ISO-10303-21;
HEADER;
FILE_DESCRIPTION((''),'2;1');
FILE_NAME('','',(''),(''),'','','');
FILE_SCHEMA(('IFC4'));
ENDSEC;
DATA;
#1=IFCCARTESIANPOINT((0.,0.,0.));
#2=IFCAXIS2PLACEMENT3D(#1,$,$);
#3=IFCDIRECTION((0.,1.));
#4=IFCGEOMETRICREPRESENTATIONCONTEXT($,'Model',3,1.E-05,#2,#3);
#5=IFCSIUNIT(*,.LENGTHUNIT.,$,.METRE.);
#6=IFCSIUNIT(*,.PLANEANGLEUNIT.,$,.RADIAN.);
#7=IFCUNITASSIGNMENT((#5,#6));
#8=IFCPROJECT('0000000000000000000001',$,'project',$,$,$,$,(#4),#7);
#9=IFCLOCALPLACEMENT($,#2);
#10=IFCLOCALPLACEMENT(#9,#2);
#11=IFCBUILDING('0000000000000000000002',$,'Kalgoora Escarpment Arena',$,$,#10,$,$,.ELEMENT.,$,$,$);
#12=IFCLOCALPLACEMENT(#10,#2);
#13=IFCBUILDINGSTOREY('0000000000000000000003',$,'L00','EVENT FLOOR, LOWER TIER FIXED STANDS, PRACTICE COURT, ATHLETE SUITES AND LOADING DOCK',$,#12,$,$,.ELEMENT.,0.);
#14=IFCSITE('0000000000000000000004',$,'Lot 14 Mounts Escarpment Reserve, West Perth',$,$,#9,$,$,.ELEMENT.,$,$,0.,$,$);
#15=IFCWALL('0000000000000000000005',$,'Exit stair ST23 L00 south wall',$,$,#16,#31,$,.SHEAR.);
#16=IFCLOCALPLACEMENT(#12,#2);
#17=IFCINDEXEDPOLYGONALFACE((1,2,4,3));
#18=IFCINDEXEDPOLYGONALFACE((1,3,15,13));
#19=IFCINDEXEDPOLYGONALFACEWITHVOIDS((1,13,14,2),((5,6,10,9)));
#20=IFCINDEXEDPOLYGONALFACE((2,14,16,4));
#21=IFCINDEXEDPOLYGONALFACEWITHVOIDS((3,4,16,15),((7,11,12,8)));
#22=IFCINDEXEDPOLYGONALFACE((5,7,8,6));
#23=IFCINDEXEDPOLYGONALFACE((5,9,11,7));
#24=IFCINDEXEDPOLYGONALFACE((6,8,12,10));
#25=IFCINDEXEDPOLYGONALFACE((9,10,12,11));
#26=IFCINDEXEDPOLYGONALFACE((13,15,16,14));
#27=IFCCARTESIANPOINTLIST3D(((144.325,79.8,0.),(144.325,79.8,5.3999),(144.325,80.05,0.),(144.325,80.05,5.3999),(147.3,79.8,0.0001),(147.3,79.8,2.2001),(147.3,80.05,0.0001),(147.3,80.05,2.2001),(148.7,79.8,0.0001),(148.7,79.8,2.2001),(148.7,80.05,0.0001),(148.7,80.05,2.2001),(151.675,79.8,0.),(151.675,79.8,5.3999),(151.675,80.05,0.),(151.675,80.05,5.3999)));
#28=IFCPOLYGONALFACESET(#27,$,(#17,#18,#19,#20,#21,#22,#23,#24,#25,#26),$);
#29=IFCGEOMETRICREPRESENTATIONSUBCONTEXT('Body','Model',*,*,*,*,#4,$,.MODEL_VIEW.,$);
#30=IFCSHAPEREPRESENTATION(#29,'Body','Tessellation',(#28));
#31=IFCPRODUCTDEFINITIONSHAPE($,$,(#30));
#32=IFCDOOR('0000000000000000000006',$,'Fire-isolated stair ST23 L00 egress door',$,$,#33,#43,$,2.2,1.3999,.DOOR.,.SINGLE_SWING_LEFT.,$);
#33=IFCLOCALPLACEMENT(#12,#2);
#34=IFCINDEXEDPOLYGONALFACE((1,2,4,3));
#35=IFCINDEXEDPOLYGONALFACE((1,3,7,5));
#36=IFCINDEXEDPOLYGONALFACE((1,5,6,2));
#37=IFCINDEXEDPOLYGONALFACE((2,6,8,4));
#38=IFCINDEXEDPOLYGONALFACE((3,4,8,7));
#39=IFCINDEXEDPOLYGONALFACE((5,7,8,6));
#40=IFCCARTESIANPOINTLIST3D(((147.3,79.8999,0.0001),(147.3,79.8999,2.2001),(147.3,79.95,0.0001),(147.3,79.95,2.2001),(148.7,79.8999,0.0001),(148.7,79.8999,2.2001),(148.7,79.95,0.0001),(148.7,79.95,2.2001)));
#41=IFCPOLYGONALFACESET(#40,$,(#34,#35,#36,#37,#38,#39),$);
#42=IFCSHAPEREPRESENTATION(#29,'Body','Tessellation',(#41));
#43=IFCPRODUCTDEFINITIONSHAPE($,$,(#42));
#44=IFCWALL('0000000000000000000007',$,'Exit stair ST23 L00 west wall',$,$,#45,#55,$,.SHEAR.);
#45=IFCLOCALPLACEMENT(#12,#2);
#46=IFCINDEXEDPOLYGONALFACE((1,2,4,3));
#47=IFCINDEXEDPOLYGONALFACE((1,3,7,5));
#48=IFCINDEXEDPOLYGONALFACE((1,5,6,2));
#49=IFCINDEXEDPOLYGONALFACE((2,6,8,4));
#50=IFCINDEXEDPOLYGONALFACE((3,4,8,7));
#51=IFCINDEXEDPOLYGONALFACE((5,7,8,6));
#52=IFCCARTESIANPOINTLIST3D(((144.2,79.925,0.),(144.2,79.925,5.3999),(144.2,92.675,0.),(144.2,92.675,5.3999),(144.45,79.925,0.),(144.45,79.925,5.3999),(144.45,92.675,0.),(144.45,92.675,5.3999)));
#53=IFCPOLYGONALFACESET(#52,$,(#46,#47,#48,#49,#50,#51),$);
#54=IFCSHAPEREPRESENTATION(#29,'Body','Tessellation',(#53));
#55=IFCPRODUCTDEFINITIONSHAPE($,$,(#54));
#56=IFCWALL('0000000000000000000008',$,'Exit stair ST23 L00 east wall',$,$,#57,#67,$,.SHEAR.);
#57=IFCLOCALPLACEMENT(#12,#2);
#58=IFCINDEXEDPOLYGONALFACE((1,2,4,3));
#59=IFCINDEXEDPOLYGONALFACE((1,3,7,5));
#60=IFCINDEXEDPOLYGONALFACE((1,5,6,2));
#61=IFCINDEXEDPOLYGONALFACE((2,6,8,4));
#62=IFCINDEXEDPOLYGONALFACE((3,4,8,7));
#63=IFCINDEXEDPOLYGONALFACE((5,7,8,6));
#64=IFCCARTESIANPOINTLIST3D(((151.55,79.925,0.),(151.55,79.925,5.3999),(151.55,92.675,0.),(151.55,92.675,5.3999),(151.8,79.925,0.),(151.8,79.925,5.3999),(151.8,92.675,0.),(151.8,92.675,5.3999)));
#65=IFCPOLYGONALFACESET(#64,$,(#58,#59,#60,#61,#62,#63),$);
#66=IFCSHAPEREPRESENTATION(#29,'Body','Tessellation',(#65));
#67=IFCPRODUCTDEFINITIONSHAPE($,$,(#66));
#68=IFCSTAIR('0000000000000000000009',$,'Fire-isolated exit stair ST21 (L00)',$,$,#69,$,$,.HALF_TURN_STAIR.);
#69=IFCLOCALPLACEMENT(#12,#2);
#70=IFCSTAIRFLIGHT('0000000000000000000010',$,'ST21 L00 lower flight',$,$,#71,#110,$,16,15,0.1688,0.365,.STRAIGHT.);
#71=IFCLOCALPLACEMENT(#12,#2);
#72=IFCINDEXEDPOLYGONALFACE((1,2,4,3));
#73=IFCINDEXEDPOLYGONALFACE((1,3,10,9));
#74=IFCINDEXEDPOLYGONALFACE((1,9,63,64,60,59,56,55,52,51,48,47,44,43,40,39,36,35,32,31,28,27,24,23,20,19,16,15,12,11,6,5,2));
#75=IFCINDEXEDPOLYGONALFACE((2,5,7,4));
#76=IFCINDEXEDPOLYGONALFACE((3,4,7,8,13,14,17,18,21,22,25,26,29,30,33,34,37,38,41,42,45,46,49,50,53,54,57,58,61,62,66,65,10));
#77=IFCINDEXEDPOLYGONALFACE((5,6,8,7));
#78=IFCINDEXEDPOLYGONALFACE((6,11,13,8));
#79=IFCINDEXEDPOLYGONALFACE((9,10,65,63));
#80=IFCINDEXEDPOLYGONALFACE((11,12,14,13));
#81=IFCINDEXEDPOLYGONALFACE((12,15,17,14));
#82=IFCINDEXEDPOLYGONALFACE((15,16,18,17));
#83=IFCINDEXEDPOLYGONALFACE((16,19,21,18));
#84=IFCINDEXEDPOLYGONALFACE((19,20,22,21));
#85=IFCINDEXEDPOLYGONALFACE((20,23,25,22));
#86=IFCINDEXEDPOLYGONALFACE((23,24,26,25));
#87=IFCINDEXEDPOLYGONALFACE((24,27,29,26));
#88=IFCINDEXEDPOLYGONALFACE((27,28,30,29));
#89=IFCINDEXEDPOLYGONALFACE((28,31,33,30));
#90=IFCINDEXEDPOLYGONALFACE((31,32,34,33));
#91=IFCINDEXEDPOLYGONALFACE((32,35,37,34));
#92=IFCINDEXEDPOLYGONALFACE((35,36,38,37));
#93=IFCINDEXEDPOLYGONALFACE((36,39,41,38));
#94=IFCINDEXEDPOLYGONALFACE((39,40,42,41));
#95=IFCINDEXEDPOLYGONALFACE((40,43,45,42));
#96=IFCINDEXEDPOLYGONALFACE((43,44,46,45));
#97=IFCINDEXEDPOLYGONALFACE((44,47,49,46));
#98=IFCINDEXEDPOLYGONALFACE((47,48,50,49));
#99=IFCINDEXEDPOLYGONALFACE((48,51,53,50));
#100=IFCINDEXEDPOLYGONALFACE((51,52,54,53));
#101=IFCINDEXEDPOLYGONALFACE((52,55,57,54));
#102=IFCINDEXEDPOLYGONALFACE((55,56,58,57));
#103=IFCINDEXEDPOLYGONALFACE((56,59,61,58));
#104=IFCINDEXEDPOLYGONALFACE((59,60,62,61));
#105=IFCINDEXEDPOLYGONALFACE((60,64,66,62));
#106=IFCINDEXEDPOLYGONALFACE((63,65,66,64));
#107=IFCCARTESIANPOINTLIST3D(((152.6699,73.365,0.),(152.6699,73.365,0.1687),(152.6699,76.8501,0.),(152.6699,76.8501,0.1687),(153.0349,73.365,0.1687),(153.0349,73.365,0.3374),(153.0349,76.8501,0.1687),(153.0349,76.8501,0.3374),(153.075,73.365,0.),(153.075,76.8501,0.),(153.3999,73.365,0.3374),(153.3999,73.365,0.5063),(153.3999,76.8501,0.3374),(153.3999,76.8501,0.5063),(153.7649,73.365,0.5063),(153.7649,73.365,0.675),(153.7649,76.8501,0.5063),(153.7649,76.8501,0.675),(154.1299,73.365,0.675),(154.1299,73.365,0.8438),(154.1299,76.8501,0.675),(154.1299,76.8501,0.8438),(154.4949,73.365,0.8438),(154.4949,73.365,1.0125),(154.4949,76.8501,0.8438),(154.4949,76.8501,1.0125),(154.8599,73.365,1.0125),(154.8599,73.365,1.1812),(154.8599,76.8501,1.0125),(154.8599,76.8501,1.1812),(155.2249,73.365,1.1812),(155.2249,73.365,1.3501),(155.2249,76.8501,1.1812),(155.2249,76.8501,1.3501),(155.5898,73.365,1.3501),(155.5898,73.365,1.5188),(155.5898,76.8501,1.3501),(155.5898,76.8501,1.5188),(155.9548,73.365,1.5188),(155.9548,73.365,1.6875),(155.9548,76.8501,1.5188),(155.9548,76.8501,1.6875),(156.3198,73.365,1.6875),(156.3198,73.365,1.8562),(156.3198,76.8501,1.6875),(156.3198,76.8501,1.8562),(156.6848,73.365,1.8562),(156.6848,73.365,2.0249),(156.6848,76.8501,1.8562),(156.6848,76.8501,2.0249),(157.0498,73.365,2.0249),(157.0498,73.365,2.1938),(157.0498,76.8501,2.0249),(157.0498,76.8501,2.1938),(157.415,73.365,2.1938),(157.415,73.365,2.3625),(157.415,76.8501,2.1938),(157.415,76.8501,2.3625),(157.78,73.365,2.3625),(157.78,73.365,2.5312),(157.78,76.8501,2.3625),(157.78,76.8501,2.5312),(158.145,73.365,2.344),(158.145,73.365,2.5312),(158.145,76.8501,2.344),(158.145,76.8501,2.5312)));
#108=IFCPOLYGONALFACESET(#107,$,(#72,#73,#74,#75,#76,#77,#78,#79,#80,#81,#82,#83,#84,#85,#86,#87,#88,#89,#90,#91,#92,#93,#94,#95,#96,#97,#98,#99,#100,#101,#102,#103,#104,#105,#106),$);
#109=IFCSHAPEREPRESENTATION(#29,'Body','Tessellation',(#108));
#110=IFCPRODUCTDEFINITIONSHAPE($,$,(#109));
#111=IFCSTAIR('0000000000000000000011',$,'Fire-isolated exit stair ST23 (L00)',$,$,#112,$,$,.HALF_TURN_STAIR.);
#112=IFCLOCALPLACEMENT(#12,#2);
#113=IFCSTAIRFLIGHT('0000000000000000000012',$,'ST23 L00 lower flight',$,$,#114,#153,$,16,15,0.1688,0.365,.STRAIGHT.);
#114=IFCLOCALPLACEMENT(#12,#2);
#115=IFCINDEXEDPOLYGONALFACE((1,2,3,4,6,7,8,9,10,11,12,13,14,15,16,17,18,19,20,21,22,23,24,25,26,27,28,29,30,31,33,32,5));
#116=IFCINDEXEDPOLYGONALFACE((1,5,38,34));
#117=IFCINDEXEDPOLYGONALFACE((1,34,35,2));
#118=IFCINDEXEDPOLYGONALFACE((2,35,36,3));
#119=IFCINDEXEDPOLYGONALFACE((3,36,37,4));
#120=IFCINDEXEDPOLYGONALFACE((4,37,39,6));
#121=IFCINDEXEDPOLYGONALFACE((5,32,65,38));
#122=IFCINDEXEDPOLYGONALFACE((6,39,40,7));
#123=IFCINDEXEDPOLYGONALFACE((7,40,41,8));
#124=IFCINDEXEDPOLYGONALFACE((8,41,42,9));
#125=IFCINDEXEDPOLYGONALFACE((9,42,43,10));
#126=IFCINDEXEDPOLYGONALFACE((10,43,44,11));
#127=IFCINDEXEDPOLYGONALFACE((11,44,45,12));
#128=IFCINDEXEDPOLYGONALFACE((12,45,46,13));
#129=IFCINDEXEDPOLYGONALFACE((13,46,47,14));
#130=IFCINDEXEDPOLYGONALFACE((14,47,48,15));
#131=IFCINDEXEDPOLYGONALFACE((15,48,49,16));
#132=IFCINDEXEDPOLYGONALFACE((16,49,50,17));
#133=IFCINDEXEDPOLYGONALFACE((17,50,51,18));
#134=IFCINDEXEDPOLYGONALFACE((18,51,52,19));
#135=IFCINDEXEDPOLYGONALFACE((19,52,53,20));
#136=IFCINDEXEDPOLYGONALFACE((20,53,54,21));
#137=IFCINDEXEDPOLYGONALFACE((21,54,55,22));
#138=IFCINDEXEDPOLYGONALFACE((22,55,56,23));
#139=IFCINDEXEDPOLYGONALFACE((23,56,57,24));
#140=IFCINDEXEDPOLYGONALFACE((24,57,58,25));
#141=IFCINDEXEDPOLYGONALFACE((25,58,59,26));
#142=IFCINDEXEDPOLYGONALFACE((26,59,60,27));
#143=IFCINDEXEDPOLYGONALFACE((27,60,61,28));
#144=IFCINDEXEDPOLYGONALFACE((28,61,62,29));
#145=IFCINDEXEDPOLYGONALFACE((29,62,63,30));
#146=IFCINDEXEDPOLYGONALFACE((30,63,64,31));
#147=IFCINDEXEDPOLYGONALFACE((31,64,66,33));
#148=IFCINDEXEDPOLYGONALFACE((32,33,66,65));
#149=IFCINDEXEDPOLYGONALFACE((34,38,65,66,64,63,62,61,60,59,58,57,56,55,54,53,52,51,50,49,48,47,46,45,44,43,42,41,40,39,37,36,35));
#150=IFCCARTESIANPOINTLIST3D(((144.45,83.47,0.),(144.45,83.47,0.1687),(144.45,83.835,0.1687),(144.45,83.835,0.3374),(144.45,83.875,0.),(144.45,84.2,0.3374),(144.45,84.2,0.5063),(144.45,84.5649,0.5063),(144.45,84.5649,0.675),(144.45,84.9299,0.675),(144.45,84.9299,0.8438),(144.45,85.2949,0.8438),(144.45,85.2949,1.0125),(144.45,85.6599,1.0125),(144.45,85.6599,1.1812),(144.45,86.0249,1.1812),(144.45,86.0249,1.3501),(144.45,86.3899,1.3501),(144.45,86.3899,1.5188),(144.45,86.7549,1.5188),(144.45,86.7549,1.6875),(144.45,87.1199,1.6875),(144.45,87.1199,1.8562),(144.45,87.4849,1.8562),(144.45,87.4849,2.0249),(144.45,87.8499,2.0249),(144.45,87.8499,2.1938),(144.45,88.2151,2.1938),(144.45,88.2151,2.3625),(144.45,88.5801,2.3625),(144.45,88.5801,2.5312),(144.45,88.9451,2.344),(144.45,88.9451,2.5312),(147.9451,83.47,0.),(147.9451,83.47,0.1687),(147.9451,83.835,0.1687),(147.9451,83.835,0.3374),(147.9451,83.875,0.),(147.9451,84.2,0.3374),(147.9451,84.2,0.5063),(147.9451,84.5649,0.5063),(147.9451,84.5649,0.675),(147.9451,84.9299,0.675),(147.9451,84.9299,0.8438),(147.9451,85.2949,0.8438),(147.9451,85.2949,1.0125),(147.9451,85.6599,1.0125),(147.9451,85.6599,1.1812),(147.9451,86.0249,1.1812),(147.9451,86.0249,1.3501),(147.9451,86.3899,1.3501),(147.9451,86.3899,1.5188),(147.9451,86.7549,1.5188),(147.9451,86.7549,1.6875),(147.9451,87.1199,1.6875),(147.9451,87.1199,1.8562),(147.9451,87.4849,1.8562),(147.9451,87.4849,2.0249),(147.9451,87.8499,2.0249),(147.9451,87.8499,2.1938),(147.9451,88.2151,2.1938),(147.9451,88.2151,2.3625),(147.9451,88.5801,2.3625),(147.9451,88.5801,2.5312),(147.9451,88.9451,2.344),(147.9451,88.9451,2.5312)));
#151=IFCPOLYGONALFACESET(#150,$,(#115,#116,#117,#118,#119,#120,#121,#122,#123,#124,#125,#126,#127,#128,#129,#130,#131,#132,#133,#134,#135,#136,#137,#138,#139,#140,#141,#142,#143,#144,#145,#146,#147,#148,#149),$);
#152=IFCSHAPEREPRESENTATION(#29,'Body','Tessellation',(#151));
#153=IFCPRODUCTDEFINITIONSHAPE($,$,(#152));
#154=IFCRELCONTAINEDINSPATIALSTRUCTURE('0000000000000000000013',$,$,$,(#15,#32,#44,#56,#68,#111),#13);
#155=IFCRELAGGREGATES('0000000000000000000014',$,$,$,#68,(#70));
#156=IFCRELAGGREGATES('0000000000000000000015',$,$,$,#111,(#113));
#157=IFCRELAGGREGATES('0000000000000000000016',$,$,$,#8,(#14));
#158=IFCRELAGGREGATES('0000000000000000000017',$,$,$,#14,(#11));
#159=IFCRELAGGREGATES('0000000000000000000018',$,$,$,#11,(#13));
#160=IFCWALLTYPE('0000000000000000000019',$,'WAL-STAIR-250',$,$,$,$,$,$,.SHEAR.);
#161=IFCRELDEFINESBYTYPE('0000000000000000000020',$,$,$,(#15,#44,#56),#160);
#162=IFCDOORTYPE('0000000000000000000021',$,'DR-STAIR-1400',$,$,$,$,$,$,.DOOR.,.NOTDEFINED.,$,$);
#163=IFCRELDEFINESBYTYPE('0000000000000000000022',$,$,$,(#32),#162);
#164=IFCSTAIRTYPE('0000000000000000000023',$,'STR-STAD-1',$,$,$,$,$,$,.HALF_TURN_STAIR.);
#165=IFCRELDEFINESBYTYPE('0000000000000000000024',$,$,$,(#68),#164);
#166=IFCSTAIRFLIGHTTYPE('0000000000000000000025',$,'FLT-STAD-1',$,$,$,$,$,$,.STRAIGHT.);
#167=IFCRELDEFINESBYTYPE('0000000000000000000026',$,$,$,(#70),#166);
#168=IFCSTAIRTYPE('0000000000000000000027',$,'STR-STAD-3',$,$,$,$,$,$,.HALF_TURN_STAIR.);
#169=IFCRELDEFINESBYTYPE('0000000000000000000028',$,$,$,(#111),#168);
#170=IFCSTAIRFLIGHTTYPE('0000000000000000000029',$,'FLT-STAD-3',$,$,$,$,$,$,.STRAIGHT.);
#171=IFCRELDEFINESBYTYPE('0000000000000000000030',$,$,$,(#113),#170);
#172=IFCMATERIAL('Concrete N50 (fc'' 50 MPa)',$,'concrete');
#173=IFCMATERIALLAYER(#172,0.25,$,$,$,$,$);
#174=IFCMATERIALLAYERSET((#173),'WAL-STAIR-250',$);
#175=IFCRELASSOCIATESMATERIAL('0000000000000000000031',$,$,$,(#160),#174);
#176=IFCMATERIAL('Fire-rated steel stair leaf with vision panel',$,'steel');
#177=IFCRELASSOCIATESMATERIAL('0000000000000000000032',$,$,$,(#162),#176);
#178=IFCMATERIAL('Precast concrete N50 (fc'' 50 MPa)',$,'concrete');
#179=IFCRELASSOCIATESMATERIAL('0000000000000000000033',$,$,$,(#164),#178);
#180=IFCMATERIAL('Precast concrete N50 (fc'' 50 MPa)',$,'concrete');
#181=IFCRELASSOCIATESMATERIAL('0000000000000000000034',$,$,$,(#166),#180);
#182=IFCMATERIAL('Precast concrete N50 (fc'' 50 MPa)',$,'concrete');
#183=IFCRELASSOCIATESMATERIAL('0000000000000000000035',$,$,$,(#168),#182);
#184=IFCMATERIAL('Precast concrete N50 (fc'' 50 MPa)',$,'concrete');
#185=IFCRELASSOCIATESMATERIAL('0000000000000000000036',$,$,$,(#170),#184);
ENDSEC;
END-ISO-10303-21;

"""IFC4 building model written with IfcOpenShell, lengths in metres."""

from ifc_helpers import new_model, si_unit, direction, frame, frame_2d, origin, place, context, subcontext, project, spatial, polyline, rectangle, outline, extrude, material, layer, layer_set, type_object, element, fill, aggregate, save


model = new_model("IFC4")

# Units and contexts
model_context = context("Model", 3, precision=1e-05, world=origin(), true_north=direction((0.0, 1.0)))
body_context = subcontext(model_context, "Body", "Model", "MODEL_VIEW")
ifc_project = project(units=[si_unit("LENGTHUNIT", "METRE"), si_unit("PLANEANGLEUNIT", "RADIAN")], contexts=[model_context])

# Site, building, storey
site_placement = place(None, origin())
site = spatial("IfcSite", under=ifc_project, at=site_placement, Name="Lot 14 Mounts Escarpment Reserve, West Perth", CompositionType="ELEMENT", RefElevation=0.0)
building_placement = place(site_placement, origin())
building = spatial("IfcBuilding", under=site, at=building_placement, Name="Kalgoora Escarpment Arena", CompositionType="ELEMENT")
storey_placement = place(building_placement, origin())
storey = spatial("IfcBuildingStorey", under=building, at=storey_placement, Name="L00", Description="EVENT FLOOR, LOWER TIER FIXED STANDS, PRACTICE COURT, ATHLETE SUITES AND LOADING DOCK", CompositionType="ELEMENT", Elevation=0.0)

# Wall, opening, door
ifc_material_1 = material(Name="Concrete N50 (fc' 50 MPa)", Category="concrete")
ifc_layer_1 = layer(ifc_material_1, 0.25)
ifc_layer_set_1 = layer_set([ifc_layer_1], Name="WAL-STAIR-250")
wall_type_1 = type_object("IfcWallType", Name="WAL-STAIR-250", PredefinedType="SHEAR", material=ifc_layer_set_1)
wall_1_placement = place(storey_placement, frame((144.325, 79.925, 0.0), z_axis=(0.0, 0.0, 1.0), x_axis=(1.0, 0.0, 0.0)))
wall_1 = element("IfcWall", 1, at=wall_1_placement, inside=storey, type_object=wall_type_1, Name="Exit stair ST23 L00 south wall", PredefinedType="SHEAR", context=body_context, shape_type="SweptSolid", body=[
    extrude(rectangle(XDim=7.3501, YDim=0.25, at=frame_2d((3.675, 0.0))), origin(), (0.0, 0.0, 1.0), 5.3999),
])
opening_1_placement = place(wall_1_placement, frame((2.9751, 0.0, 0.0)))
opening_1 = element("IfcOpeningElement", 2, at=opening_1_placement, cuts=wall_1, PredefinedType="OPENING", context=body_context, shape_type="SweptSolid", body=[
    extrude(rectangle(XDim=1.3999, YDim=2.2, at=frame_2d((0.7, 1.1001))), frame((0.0, 0.135, 0.0), z_axis=(0.0, -1.0, 0.0), x_axis=(1.0, 0.0, 0.0)), (0.0, 0.0, 1.0), 0.27),
])
ifc_material_2 = material(Name="Fire-rated steel stair leaf with vision panel", Category="steel")
door_type_1 = type_object("IfcDoorType", Name="DR-STAIR-1400", OperationType="NOTDEFINED", PredefinedType="DOOR", material=ifc_material_2)
door_1_placement = place(opening_1_placement, origin())
door_1 = element("IfcDoor", 3, at=door_1_placement, inside=storey, type_object=door_type_1, Name="Fire-isolated stair ST23 L00 egress door", OperationType="SINGLE_SWING_LEFT", OverallHeight=2.2, OverallWidth=1.3999, PredefinedType="DOOR", context=body_context, shape_type="SweptSolid", body=[
    extrude(rectangle(XDim=1.3999, YDim=2.2, at=frame_2d((0.7, 1.1001))), frame((0.0, 0.0249, 0.0), z_axis=(0.0, -1.0, 0.0), x_axis=(1.0, 0.0, 0.0)), (0.0, 0.0, 1.0), 0.05),
])
fill(opening_1, door_1)

# Walls
for number, where, z_axis, x_axis, name in (
    (4, (144.325, 79.925, 0.0), (0.0, 0.0, 1.0), (0.0, 1.0, 0.0), "Exit stair ST23 L00 west wall"),
    (5, (151.675, 79.925, 0.0), (0.0, 0.0, 1.0), (0.0, 1.0, 0.0), "Exit stair ST23 L00 east wall"),
):
    element("IfcWall", number, at=place(storey_placement, frame(where, z_axis=z_axis, x_axis=x_axis)), inside=storey, type_object=wall_type_1, Name=name, PredefinedType="SHEAR", context=body_context, shape_type="SweptSolid", body=[
        extrude(rectangle(XDim=12.75, YDim=0.25, at=frame_2d((6.375, 0.0))), origin(), (0.0, 0.0, 1.0), 5.3999),
    ])

# Stairs, stair flights
ifc_material_3 = material(Name="Precast concrete N50 (fc' 50 MPa)", Category="concrete")
stair_type_1 = type_object("IfcStairType", Name="STR-STAD-1", PredefinedType="HALF_TURN_STAIR", material=ifc_material_3)
stair_1_placement = place(storey_placement, origin())
stair_1 = element("IfcStair", 6, at=stair_1_placement, inside=storey, type_object=stair_type_1, Name="Fire-isolated exit stair ST21 (L00)", PredefinedType="HALF_TURN_STAIR")
ifc_material_4 = material(Name="Precast concrete N50 (fc' 50 MPa)", Category="concrete")
stair_flight_type_1 = type_object("IfcStairFlightType", Name="FLT-STAD-1", PredefinedType="STRAIGHT", material=ifc_material_4)
stair_flight_1_placement = place(storey_placement, frame((152.6699, 75.1074, 0.0), z_axis=(0.0, 0.0, 1.0), x_axis=(1.0, 0.0, 0.0)))
stair_flight_1 = element("IfcStairFlight", 7, at=stair_flight_1_placement, type_object=stair_flight_type_1, Name="ST21 L00 lower flight", NumberOfRisers=16, NumberOfTreads=15, PredefinedType="STRAIGHT", RiserHeight=0.1688, TreadLength=0.365, context=body_context, shape_type="SweptSolid", body=[
    extrude(outline(polyline([(0.0, 0.0), (0.0, 0.1687), (0.365, 0.1687), (0.365, 0.3374), (0.73, 0.3374), (0.73, 0.5063), (1.095, 0.5063), (1.095, 0.675), (1.46, 0.675), (1.46, 0.8438), (1.825, 0.8438), (1.825, 1.0125), (2.1899, 1.0125), (2.1899, 1.1812), (2.5549, 1.1812), (2.5549, 1.3501), (2.9199, 1.3501), (2.9199, 1.5188), (3.2849, 1.5188), (3.2849, 1.6875), (3.6499, 1.6875), (3.6499, 1.8562), (4.0149, 1.8562), (4.0149, 2.0249), (4.3799, 2.0249), (4.3799, 2.1938), (4.7451, 2.1938), (4.7451, 2.3625), (5.1101, 2.3625), (5.1101, 2.5312), (5.4751, 2.5312), (5.4751, 2.7), (5.4751, 2.344), (0.405, 0.0), (0.0, 0.0)])), frame((0.0, 1.7427, 0.0), z_axis=(0.0, -1.0, 0.0), x_axis=(1.0, 0.0, 0.0)), (0.0, 0.0, 1.0), 3.4851),
])
aggregate(stair_1, [stair_flight_1])
ifc_material_5 = material(Name="Precast concrete N50 (fc' 50 MPa)", Category="concrete")
stair_type_2 = type_object("IfcStairType", Name="STR-STAD-3", PredefinedType="HALF_TURN_STAIR", material=ifc_material_5)
stair_2_placement = place(storey_placement, origin())
stair_2 = element("IfcStair", 8, at=stair_2_placement, inside=storey, type_object=stair_type_2, Name="Fire-isolated exit stair ST23 (L00)", PredefinedType="HALF_TURN_STAIR")
ifc_material_6 = material(Name="Precast concrete N50 (fc' 50 MPa)", Category="concrete")
stair_flight_type_2 = type_object("IfcStairFlightType", Name="FLT-STAD-3", PredefinedType="STRAIGHT", material=ifc_material_6)
stair_flight_2_placement = place(storey_placement, frame((146.1975, 83.47, 0.0), z_axis=(0.0, 0.0, 1.0), x_axis=(0.0, 1.0, 0.0)))
stair_flight_2 = element("IfcStairFlight", 9, at=stair_flight_2_placement, type_object=stair_flight_type_2, Name="ST23 L00 lower flight", NumberOfRisers=16, NumberOfTreads=15, PredefinedType="STRAIGHT", RiserHeight=0.1688, TreadLength=0.365, context=body_context, shape_type="SweptSolid", body=[
    extrude(outline(polyline([(0.0, 0.0), (0.0, 0.1687), (0.365, 0.1687), (0.365, 0.3374), (0.73, 0.3374), (0.73, 0.5063), (1.095, 0.5063), (1.095, 0.675), (1.46, 0.675), (1.46, 0.8438), (1.825, 0.8438), (1.825, 1.0125), (2.1899, 1.0125), (2.1899, 1.1812), (2.5549, 1.1812), (2.5549, 1.3501), (2.9199, 1.3501), (2.9199, 1.5188), (3.2849, 1.5188), (3.2849, 1.6875), (3.6499, 1.6875), (3.6499, 1.8562), (4.0149, 1.8562), (4.0149, 2.0249), (4.3799, 2.0249), (4.3799, 2.1938), (4.7451, 2.1938), (4.7451, 2.3625), (5.1101, 2.3625), (5.1101, 2.5312), (5.4751, 2.5312), (5.4751, 2.7), (5.4751, 2.344), (0.405, 0.0), (0.0, 0.0)])), frame((0.0, 1.7476, 0.0), z_axis=(0.0, -1.0, 0.0), x_axis=(1.0, 0.0, 0.0)), (0.0, 0.0, 1.0), 3.4951),
])
aggregate(stair_2, [stair_flight_2])

save(model, "model.ifc")
